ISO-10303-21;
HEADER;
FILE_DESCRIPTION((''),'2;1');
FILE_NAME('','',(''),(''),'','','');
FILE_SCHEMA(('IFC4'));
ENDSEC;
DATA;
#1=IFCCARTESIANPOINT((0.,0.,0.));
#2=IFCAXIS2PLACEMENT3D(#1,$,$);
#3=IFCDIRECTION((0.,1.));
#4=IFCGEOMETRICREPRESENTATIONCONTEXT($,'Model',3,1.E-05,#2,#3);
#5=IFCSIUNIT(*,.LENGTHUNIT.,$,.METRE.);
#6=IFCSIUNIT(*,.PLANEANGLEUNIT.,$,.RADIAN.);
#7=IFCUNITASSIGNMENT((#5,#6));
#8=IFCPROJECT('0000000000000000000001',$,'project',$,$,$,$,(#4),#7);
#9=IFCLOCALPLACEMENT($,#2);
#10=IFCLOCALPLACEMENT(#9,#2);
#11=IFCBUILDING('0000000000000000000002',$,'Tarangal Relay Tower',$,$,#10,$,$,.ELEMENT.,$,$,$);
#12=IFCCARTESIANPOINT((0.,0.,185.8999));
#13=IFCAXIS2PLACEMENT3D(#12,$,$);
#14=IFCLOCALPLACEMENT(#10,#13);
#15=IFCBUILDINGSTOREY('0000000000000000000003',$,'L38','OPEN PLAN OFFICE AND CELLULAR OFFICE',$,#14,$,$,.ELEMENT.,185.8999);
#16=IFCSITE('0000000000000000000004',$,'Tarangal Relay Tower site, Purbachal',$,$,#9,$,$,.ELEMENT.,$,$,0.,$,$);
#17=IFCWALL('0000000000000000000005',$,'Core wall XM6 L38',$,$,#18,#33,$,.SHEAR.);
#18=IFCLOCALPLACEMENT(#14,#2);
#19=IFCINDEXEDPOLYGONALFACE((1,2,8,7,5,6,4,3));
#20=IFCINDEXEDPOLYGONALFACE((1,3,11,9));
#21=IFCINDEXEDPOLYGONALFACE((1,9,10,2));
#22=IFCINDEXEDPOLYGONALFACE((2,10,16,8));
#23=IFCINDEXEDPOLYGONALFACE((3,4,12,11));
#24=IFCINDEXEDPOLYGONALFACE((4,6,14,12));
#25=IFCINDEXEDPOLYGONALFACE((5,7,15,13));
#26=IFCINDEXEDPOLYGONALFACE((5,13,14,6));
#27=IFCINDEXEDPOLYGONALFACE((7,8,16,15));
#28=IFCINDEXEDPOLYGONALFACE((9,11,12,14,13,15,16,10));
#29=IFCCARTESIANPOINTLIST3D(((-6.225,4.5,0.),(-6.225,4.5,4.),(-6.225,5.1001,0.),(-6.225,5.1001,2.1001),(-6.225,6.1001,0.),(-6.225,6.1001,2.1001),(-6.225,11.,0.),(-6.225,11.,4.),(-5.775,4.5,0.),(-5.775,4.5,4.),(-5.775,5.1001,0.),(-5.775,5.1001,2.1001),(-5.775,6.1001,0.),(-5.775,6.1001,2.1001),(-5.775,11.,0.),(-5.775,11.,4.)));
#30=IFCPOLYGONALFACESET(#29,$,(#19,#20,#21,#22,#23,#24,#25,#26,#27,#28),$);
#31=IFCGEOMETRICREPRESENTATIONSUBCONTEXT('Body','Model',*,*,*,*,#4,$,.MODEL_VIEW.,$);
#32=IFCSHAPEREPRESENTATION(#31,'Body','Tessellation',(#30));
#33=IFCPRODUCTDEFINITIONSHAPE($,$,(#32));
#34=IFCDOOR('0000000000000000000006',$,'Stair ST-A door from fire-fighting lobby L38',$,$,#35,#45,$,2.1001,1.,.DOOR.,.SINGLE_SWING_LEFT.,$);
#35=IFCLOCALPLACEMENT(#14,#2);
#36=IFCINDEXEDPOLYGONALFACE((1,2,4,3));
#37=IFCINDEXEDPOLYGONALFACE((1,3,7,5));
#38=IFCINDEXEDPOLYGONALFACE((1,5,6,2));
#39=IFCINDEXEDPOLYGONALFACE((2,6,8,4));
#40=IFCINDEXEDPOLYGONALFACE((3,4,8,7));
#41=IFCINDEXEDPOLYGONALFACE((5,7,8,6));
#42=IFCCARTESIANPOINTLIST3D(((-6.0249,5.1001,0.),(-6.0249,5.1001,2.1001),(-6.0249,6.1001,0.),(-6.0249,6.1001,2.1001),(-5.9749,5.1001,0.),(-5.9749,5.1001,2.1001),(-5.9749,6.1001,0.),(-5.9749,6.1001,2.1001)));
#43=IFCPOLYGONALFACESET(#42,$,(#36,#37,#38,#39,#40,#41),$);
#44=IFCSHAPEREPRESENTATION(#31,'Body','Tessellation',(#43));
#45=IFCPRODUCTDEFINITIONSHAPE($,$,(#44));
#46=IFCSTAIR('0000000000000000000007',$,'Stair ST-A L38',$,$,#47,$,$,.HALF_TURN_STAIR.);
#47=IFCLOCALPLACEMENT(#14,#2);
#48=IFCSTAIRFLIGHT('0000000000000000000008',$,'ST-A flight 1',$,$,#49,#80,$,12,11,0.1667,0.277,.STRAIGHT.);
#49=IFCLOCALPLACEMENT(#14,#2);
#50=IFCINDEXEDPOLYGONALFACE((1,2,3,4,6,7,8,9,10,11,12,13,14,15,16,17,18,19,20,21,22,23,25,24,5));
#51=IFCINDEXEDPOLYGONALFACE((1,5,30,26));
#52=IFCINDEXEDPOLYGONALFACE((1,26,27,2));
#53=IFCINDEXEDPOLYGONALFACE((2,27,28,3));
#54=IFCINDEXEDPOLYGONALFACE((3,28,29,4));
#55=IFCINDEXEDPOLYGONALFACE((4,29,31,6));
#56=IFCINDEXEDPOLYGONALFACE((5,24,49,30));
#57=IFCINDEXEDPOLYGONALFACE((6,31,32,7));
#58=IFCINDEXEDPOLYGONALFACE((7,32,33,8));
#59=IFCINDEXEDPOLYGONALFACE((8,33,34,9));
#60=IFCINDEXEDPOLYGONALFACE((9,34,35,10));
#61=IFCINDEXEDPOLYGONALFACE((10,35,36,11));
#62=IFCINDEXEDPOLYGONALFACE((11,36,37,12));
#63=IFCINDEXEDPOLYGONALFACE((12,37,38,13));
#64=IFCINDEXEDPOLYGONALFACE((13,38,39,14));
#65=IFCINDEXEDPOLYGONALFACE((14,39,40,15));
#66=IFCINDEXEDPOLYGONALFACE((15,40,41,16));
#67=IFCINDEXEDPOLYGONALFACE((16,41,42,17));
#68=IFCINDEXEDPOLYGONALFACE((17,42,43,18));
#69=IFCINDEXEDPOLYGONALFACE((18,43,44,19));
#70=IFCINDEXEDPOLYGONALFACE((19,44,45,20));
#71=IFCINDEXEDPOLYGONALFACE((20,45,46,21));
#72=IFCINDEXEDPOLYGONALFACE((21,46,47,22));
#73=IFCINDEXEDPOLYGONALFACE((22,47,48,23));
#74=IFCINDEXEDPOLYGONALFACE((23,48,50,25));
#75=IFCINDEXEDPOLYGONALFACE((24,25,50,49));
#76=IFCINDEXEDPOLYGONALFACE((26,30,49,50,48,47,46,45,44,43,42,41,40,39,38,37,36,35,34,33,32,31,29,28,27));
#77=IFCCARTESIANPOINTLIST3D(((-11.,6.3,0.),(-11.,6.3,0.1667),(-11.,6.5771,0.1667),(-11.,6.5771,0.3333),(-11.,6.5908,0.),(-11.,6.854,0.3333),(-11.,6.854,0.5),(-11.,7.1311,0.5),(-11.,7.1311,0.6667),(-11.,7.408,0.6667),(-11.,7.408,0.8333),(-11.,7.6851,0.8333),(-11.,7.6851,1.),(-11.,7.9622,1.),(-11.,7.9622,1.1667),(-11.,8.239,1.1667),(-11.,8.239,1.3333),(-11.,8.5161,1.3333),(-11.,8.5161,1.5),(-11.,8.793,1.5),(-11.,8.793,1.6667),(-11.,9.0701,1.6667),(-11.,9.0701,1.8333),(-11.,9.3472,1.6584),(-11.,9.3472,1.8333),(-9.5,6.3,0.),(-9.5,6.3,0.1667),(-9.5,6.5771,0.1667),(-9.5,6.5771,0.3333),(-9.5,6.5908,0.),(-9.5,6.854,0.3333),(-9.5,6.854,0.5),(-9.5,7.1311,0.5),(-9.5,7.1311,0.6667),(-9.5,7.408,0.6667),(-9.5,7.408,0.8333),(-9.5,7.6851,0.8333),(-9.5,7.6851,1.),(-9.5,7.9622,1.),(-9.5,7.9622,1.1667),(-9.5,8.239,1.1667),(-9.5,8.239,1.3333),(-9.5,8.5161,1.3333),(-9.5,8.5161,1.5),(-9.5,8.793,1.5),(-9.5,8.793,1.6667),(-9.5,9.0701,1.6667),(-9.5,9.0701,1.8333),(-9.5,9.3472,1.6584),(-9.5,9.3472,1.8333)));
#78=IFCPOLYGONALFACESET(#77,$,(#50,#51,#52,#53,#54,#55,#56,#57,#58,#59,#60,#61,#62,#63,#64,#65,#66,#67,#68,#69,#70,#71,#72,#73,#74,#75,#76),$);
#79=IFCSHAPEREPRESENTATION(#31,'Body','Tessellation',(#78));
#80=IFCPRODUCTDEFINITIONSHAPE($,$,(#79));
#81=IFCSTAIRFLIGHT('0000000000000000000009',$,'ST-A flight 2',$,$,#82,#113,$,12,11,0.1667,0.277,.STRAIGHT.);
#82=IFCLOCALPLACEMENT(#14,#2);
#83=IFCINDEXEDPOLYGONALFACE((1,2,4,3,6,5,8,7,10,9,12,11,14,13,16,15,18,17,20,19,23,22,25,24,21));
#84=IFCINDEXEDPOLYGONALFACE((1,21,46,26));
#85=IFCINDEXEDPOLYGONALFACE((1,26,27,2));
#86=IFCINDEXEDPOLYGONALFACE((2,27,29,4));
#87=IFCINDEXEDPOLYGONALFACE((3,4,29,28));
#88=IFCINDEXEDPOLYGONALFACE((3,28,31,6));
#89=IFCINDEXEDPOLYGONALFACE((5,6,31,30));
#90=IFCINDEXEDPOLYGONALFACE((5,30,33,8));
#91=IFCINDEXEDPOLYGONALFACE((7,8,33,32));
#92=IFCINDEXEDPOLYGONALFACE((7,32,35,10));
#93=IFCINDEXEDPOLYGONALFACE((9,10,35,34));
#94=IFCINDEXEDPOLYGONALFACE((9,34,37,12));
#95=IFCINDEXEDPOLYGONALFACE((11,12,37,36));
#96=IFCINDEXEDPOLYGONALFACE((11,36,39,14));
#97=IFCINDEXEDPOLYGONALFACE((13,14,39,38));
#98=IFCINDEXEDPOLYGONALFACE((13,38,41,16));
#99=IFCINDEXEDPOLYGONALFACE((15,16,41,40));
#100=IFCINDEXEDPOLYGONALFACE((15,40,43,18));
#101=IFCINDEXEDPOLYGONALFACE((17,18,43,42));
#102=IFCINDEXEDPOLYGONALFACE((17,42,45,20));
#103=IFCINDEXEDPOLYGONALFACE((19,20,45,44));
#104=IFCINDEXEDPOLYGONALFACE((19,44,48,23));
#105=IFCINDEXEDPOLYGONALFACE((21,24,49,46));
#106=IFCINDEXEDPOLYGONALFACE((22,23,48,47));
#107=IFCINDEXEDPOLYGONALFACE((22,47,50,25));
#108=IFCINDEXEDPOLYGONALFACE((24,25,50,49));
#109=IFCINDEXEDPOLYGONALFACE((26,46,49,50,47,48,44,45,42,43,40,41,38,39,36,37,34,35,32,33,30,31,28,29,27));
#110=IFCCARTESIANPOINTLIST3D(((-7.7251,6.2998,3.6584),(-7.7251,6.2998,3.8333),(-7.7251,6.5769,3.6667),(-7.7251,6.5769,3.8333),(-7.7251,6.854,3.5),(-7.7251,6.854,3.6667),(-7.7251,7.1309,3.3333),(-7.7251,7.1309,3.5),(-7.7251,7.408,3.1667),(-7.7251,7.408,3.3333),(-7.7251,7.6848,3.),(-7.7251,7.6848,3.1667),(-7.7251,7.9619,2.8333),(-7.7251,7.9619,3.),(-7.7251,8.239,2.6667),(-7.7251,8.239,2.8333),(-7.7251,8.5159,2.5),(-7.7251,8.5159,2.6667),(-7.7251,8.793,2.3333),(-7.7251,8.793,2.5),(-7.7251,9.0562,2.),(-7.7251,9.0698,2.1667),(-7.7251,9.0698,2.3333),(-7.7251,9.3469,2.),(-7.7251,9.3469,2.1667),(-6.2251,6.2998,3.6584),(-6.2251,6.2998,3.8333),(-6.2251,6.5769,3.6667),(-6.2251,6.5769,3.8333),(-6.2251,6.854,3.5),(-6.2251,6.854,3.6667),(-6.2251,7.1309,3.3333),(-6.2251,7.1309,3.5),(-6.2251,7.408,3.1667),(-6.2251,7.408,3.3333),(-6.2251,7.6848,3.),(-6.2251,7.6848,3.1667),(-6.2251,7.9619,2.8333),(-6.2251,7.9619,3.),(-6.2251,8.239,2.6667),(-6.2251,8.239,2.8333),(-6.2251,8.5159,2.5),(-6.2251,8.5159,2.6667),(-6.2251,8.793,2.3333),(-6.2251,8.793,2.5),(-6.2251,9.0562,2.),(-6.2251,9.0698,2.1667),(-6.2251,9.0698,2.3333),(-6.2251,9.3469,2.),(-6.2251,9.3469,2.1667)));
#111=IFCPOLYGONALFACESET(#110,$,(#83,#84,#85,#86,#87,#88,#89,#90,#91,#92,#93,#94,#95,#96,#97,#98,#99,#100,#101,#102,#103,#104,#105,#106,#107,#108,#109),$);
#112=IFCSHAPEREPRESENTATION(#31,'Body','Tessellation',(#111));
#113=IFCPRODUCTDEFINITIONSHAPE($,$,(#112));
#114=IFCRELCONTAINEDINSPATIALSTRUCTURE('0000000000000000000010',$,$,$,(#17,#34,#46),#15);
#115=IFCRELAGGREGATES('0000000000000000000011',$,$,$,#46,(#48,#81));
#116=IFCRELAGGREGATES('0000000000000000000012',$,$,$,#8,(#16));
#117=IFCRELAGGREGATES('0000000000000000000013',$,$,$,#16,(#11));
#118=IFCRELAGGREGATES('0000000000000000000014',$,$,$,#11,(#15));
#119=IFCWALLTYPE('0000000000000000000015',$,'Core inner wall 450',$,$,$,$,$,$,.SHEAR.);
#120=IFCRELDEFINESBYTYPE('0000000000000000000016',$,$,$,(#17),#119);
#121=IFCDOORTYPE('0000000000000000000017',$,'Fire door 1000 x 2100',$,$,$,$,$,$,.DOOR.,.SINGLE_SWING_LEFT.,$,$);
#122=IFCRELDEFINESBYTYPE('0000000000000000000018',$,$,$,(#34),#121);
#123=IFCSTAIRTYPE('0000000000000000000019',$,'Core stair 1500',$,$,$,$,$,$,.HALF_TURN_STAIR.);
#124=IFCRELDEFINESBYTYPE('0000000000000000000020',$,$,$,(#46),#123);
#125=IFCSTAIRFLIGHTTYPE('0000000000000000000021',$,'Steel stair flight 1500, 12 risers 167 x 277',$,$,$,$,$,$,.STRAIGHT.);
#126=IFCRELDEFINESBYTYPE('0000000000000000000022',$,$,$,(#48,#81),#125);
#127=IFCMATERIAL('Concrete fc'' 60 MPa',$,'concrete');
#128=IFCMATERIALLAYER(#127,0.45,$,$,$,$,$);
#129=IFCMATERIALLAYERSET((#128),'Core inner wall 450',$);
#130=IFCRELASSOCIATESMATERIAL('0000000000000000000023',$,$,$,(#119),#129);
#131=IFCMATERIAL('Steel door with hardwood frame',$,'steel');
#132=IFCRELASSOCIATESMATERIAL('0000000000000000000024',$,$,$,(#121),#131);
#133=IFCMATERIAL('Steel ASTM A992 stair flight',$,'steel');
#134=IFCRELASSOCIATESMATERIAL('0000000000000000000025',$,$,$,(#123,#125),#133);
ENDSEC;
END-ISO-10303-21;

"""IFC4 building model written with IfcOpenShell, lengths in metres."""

from ifc_helpers import new_model, si_unit, direction, frame, frame_2d, origin, place, context, subcontext, project, spatial, polyline, rectangle, outline, extrude, material, layer, layer_set, type_object, element, fill, aggregate, save


model = new_model("IFC4")

# Units and contexts
model_context = context("Model", 3, precision=1e-05, world=origin(), true_north=direction((0.0, 1.0)))
body_context = subcontext(model_context, "Body", "Model", "MODEL_VIEW")
ifc_project = project(units=[si_unit("LENGTHUNIT", "METRE"), si_unit("PLANEANGLEUNIT", "RADIAN")], contexts=[model_context])

# Site, building, storey
site_placement = place(None, origin())
site = spatial("IfcSite", under=ifc_project, at=site_placement, Name="Tarangal Relay Tower site, Purbachal", CompositionType="ELEMENT", RefElevation=0.0)
building_placement = place(site_placement, origin())
building = spatial("IfcBuilding", under=site, at=building_placement, Name="Tarangal Relay Tower", CompositionType="ELEMENT")
storey_placement = place(building_placement, frame((0.0, 0.0, 185.8999)))
storey = spatial("IfcBuildingStorey", under=building, at=storey_placement, Name="L38", Description="OPEN PLAN OFFICE AND CELLULAR OFFICE", CompositionType="ELEMENT", Elevation=185.8999)

# Shared definitions
ifc_material_1 = material(Name="Concrete fc' 60 MPa", Category="concrete")
ifc_layer = layer(ifc_material_1, 0.45)
ifc_layer_set = layer_set([ifc_layer], Name="Core inner wall 450")
wall_type = type_object("IfcWallType", Name="Core inner wall 450", PredefinedType="SHEAR", material=ifc_layer_set)
ifc_material_2 = material(Name="Steel door with hardwood frame", Category="steel")
door_type_1 = type_object("IfcDoorType", Name="Fire door 1000 x 2100", OperationType="SINGLE_SWING_LEFT", PredefinedType="DOOR", material=ifc_material_2)

# Wall, opening, door
wall_1_placement = place(storey_placement, frame((-6.0, 4.5, 0.0), z_axis=(0.0, 0.0, 1.0), x_axis=(0.0, 1.0, 0.0)))
wall_1 = element("IfcWall", 1, at=wall_1_placement, inside=storey, type_object=wall_type, Name="Core wall XM6 L38", PredefinedType="SHEAR", context=body_context, shape_type="SweptSolid", body=[
    extrude(rectangle(XDim=6.5, YDim=0.45, at=frame_2d((3.25, 0.0))), origin(), (0.0, 0.0, 1.0), 4.0),
])
opening_1_placement = place(wall_1_placement, frame((0.6001, 0.0, 0.0)))
opening_1 = element("IfcOpeningElement", 2, at=opening_1_placement, cuts=wall_1, PredefinedType="OPENING", context=body_context, shape_type="SweptSolid", body=[
    extrude(rectangle(XDim=1.0, YDim=2.1001, at=frame_2d((0.5, 1.05))), frame((0.0, 0.2349, 0.0), z_axis=(0.0, -1.0, 0.0), x_axis=(1.0, 0.0, 0.0)), (0.0, 0.0, 1.0), 0.47),
])
door_1_placement = place(opening_1_placement, origin())
door_1 = element("IfcDoor", 3, at=door_1_placement, inside=storey, type_object=door_type_1, Name="Stair ST-A door from fire-fighting lobby L38", OperationType="SINGLE_SWING_LEFT", OverallHeight=2.1001, OverallWidth=1.0, PredefinedType="DOOR", context=body_context, shape_type="SweptSolid", body=[
    extrude(rectangle(XDim=1.0, YDim=2.1001, at=frame_2d((0.5, 1.05))), frame((0.0, 0.0249, 0.0), z_axis=(0.0, -1.0, 0.0), x_axis=(1.0, 0.0, 0.0)), (0.0, 0.0, 1.0), 0.05),
])
fill(opening_1, door_1)

# Stair, stair flights
ifc_material_3 = material(Name="Steel ASTM A992 stair flight", Category="steel")
stair_type = type_object("IfcStairType", Name="Core stair 1500", PredefinedType="HALF_TURN_STAIR", material=ifc_material_3)
stair_placement = place(storey_placement, origin())
stair = element("IfcStair", 4, at=stair_placement, inside=storey, type_object=stair_type, Name="Stair ST-A L38", PredefinedType="HALF_TURN_STAIR")
stair_flight_type = type_object("IfcStairFlightType", Name="Steel stair flight 1500, 12 risers 167 x 277", PredefinedType="STRAIGHT", material=ifc_material_3)
stair_flight_1_placement = place(storey_placement, frame((-10.25, 6.3, 0.0), z_axis=(0.0, 0.0, 1.0), x_axis=(0.0, 1.0, 0.0)))
stair_flight_1 = element("IfcStairFlight", 5, at=stair_flight_1_placement, type_object=stair_flight_type, Name="ST-A flight 1", NumberOfRisers=12, NumberOfTreads=11, PredefinedType="STRAIGHT", RiserHeight=0.1667, TreadLength=0.277, context=body_context, shape_type="SweptSolid", body=[
    extrude(outline(polyline([(0.0, 0.0), (0.0, 0.1667), (0.2771, 0.1667), (0.2771, 0.3333), (0.554, 0.3333), (0.554, 0.5), (0.8311, 0.5), (0.8311, 0.6667), (1.1079, 0.6667), (1.1079, 0.8333), (1.385, 0.8333), (1.385, 1.0), (1.6621, 1.0), (1.6621, 1.1667), (1.939, 1.1667), (1.939, 1.3333), (2.2161, 1.3333), (2.2161, 1.5), (2.4929, 1.5), (2.4929, 1.6667), (2.77, 1.6667), (2.77, 1.8333), (3.0471, 1.8333), (3.0471, 2.0), (3.0471, 1.6584), (0.2908, 0.0), (0.0, 0.0)])), frame((0.0, 0.75, 0.0), z_axis=(0.0, -1.0, 0.0), x_axis=(1.0, 0.0, 0.0)), (0.0, 0.0, 1.0), 1.5),
])
stair_flight_2_placement = place(storey_placement, frame((-6.9751, 9.3469, 2.0), z_axis=(0.0, 0.0, 1.0), x_axis=(0.0, -1.0, 0.0)))
stair_flight_2 = element("IfcStairFlight", 6, at=stair_flight_2_placement, type_object=stair_flight_type, Name="ST-A flight 2", NumberOfRisers=12, NumberOfTreads=11, PredefinedType="STRAIGHT", RiserHeight=0.1667, TreadLength=0.277, context=body_context, shape_type="SweptSolid", body=[
    extrude(outline(polyline([(0.0, 0.0), (0.0, 0.1667), (0.2771, 0.1667), (0.2771, 0.3333), (0.554, 0.3333), (0.554, 0.5), (0.8311, 0.5), (0.8311, 0.6667), (1.1079, 0.6667), (1.1079, 0.8333), (1.385, 0.8333), (1.385, 1.0), (1.6621, 1.0), (1.6621, 1.1667), (1.939, 1.1667), (1.939, 1.3333), (2.2161, 1.3333), (2.2161, 1.5), (2.4929, 1.5), (2.4929, 1.6667), (2.77, 1.6667), (2.77, 1.8333), (3.0471, 1.8333), (3.0471, 2.0), (3.0471, 1.6584), (0.2908, 0.0), (0.0, 0.0)])), frame((0.0, 0.75, 0.0), z_axis=(0.0, -1.0, 0.0), x_axis=(1.0, 0.0, 0.0)), (0.0, 0.0, 1.0), 1.5),
])
aggregate(stair, [stair_flight_1, stair_flight_2])

save(model, "model.ifc")
